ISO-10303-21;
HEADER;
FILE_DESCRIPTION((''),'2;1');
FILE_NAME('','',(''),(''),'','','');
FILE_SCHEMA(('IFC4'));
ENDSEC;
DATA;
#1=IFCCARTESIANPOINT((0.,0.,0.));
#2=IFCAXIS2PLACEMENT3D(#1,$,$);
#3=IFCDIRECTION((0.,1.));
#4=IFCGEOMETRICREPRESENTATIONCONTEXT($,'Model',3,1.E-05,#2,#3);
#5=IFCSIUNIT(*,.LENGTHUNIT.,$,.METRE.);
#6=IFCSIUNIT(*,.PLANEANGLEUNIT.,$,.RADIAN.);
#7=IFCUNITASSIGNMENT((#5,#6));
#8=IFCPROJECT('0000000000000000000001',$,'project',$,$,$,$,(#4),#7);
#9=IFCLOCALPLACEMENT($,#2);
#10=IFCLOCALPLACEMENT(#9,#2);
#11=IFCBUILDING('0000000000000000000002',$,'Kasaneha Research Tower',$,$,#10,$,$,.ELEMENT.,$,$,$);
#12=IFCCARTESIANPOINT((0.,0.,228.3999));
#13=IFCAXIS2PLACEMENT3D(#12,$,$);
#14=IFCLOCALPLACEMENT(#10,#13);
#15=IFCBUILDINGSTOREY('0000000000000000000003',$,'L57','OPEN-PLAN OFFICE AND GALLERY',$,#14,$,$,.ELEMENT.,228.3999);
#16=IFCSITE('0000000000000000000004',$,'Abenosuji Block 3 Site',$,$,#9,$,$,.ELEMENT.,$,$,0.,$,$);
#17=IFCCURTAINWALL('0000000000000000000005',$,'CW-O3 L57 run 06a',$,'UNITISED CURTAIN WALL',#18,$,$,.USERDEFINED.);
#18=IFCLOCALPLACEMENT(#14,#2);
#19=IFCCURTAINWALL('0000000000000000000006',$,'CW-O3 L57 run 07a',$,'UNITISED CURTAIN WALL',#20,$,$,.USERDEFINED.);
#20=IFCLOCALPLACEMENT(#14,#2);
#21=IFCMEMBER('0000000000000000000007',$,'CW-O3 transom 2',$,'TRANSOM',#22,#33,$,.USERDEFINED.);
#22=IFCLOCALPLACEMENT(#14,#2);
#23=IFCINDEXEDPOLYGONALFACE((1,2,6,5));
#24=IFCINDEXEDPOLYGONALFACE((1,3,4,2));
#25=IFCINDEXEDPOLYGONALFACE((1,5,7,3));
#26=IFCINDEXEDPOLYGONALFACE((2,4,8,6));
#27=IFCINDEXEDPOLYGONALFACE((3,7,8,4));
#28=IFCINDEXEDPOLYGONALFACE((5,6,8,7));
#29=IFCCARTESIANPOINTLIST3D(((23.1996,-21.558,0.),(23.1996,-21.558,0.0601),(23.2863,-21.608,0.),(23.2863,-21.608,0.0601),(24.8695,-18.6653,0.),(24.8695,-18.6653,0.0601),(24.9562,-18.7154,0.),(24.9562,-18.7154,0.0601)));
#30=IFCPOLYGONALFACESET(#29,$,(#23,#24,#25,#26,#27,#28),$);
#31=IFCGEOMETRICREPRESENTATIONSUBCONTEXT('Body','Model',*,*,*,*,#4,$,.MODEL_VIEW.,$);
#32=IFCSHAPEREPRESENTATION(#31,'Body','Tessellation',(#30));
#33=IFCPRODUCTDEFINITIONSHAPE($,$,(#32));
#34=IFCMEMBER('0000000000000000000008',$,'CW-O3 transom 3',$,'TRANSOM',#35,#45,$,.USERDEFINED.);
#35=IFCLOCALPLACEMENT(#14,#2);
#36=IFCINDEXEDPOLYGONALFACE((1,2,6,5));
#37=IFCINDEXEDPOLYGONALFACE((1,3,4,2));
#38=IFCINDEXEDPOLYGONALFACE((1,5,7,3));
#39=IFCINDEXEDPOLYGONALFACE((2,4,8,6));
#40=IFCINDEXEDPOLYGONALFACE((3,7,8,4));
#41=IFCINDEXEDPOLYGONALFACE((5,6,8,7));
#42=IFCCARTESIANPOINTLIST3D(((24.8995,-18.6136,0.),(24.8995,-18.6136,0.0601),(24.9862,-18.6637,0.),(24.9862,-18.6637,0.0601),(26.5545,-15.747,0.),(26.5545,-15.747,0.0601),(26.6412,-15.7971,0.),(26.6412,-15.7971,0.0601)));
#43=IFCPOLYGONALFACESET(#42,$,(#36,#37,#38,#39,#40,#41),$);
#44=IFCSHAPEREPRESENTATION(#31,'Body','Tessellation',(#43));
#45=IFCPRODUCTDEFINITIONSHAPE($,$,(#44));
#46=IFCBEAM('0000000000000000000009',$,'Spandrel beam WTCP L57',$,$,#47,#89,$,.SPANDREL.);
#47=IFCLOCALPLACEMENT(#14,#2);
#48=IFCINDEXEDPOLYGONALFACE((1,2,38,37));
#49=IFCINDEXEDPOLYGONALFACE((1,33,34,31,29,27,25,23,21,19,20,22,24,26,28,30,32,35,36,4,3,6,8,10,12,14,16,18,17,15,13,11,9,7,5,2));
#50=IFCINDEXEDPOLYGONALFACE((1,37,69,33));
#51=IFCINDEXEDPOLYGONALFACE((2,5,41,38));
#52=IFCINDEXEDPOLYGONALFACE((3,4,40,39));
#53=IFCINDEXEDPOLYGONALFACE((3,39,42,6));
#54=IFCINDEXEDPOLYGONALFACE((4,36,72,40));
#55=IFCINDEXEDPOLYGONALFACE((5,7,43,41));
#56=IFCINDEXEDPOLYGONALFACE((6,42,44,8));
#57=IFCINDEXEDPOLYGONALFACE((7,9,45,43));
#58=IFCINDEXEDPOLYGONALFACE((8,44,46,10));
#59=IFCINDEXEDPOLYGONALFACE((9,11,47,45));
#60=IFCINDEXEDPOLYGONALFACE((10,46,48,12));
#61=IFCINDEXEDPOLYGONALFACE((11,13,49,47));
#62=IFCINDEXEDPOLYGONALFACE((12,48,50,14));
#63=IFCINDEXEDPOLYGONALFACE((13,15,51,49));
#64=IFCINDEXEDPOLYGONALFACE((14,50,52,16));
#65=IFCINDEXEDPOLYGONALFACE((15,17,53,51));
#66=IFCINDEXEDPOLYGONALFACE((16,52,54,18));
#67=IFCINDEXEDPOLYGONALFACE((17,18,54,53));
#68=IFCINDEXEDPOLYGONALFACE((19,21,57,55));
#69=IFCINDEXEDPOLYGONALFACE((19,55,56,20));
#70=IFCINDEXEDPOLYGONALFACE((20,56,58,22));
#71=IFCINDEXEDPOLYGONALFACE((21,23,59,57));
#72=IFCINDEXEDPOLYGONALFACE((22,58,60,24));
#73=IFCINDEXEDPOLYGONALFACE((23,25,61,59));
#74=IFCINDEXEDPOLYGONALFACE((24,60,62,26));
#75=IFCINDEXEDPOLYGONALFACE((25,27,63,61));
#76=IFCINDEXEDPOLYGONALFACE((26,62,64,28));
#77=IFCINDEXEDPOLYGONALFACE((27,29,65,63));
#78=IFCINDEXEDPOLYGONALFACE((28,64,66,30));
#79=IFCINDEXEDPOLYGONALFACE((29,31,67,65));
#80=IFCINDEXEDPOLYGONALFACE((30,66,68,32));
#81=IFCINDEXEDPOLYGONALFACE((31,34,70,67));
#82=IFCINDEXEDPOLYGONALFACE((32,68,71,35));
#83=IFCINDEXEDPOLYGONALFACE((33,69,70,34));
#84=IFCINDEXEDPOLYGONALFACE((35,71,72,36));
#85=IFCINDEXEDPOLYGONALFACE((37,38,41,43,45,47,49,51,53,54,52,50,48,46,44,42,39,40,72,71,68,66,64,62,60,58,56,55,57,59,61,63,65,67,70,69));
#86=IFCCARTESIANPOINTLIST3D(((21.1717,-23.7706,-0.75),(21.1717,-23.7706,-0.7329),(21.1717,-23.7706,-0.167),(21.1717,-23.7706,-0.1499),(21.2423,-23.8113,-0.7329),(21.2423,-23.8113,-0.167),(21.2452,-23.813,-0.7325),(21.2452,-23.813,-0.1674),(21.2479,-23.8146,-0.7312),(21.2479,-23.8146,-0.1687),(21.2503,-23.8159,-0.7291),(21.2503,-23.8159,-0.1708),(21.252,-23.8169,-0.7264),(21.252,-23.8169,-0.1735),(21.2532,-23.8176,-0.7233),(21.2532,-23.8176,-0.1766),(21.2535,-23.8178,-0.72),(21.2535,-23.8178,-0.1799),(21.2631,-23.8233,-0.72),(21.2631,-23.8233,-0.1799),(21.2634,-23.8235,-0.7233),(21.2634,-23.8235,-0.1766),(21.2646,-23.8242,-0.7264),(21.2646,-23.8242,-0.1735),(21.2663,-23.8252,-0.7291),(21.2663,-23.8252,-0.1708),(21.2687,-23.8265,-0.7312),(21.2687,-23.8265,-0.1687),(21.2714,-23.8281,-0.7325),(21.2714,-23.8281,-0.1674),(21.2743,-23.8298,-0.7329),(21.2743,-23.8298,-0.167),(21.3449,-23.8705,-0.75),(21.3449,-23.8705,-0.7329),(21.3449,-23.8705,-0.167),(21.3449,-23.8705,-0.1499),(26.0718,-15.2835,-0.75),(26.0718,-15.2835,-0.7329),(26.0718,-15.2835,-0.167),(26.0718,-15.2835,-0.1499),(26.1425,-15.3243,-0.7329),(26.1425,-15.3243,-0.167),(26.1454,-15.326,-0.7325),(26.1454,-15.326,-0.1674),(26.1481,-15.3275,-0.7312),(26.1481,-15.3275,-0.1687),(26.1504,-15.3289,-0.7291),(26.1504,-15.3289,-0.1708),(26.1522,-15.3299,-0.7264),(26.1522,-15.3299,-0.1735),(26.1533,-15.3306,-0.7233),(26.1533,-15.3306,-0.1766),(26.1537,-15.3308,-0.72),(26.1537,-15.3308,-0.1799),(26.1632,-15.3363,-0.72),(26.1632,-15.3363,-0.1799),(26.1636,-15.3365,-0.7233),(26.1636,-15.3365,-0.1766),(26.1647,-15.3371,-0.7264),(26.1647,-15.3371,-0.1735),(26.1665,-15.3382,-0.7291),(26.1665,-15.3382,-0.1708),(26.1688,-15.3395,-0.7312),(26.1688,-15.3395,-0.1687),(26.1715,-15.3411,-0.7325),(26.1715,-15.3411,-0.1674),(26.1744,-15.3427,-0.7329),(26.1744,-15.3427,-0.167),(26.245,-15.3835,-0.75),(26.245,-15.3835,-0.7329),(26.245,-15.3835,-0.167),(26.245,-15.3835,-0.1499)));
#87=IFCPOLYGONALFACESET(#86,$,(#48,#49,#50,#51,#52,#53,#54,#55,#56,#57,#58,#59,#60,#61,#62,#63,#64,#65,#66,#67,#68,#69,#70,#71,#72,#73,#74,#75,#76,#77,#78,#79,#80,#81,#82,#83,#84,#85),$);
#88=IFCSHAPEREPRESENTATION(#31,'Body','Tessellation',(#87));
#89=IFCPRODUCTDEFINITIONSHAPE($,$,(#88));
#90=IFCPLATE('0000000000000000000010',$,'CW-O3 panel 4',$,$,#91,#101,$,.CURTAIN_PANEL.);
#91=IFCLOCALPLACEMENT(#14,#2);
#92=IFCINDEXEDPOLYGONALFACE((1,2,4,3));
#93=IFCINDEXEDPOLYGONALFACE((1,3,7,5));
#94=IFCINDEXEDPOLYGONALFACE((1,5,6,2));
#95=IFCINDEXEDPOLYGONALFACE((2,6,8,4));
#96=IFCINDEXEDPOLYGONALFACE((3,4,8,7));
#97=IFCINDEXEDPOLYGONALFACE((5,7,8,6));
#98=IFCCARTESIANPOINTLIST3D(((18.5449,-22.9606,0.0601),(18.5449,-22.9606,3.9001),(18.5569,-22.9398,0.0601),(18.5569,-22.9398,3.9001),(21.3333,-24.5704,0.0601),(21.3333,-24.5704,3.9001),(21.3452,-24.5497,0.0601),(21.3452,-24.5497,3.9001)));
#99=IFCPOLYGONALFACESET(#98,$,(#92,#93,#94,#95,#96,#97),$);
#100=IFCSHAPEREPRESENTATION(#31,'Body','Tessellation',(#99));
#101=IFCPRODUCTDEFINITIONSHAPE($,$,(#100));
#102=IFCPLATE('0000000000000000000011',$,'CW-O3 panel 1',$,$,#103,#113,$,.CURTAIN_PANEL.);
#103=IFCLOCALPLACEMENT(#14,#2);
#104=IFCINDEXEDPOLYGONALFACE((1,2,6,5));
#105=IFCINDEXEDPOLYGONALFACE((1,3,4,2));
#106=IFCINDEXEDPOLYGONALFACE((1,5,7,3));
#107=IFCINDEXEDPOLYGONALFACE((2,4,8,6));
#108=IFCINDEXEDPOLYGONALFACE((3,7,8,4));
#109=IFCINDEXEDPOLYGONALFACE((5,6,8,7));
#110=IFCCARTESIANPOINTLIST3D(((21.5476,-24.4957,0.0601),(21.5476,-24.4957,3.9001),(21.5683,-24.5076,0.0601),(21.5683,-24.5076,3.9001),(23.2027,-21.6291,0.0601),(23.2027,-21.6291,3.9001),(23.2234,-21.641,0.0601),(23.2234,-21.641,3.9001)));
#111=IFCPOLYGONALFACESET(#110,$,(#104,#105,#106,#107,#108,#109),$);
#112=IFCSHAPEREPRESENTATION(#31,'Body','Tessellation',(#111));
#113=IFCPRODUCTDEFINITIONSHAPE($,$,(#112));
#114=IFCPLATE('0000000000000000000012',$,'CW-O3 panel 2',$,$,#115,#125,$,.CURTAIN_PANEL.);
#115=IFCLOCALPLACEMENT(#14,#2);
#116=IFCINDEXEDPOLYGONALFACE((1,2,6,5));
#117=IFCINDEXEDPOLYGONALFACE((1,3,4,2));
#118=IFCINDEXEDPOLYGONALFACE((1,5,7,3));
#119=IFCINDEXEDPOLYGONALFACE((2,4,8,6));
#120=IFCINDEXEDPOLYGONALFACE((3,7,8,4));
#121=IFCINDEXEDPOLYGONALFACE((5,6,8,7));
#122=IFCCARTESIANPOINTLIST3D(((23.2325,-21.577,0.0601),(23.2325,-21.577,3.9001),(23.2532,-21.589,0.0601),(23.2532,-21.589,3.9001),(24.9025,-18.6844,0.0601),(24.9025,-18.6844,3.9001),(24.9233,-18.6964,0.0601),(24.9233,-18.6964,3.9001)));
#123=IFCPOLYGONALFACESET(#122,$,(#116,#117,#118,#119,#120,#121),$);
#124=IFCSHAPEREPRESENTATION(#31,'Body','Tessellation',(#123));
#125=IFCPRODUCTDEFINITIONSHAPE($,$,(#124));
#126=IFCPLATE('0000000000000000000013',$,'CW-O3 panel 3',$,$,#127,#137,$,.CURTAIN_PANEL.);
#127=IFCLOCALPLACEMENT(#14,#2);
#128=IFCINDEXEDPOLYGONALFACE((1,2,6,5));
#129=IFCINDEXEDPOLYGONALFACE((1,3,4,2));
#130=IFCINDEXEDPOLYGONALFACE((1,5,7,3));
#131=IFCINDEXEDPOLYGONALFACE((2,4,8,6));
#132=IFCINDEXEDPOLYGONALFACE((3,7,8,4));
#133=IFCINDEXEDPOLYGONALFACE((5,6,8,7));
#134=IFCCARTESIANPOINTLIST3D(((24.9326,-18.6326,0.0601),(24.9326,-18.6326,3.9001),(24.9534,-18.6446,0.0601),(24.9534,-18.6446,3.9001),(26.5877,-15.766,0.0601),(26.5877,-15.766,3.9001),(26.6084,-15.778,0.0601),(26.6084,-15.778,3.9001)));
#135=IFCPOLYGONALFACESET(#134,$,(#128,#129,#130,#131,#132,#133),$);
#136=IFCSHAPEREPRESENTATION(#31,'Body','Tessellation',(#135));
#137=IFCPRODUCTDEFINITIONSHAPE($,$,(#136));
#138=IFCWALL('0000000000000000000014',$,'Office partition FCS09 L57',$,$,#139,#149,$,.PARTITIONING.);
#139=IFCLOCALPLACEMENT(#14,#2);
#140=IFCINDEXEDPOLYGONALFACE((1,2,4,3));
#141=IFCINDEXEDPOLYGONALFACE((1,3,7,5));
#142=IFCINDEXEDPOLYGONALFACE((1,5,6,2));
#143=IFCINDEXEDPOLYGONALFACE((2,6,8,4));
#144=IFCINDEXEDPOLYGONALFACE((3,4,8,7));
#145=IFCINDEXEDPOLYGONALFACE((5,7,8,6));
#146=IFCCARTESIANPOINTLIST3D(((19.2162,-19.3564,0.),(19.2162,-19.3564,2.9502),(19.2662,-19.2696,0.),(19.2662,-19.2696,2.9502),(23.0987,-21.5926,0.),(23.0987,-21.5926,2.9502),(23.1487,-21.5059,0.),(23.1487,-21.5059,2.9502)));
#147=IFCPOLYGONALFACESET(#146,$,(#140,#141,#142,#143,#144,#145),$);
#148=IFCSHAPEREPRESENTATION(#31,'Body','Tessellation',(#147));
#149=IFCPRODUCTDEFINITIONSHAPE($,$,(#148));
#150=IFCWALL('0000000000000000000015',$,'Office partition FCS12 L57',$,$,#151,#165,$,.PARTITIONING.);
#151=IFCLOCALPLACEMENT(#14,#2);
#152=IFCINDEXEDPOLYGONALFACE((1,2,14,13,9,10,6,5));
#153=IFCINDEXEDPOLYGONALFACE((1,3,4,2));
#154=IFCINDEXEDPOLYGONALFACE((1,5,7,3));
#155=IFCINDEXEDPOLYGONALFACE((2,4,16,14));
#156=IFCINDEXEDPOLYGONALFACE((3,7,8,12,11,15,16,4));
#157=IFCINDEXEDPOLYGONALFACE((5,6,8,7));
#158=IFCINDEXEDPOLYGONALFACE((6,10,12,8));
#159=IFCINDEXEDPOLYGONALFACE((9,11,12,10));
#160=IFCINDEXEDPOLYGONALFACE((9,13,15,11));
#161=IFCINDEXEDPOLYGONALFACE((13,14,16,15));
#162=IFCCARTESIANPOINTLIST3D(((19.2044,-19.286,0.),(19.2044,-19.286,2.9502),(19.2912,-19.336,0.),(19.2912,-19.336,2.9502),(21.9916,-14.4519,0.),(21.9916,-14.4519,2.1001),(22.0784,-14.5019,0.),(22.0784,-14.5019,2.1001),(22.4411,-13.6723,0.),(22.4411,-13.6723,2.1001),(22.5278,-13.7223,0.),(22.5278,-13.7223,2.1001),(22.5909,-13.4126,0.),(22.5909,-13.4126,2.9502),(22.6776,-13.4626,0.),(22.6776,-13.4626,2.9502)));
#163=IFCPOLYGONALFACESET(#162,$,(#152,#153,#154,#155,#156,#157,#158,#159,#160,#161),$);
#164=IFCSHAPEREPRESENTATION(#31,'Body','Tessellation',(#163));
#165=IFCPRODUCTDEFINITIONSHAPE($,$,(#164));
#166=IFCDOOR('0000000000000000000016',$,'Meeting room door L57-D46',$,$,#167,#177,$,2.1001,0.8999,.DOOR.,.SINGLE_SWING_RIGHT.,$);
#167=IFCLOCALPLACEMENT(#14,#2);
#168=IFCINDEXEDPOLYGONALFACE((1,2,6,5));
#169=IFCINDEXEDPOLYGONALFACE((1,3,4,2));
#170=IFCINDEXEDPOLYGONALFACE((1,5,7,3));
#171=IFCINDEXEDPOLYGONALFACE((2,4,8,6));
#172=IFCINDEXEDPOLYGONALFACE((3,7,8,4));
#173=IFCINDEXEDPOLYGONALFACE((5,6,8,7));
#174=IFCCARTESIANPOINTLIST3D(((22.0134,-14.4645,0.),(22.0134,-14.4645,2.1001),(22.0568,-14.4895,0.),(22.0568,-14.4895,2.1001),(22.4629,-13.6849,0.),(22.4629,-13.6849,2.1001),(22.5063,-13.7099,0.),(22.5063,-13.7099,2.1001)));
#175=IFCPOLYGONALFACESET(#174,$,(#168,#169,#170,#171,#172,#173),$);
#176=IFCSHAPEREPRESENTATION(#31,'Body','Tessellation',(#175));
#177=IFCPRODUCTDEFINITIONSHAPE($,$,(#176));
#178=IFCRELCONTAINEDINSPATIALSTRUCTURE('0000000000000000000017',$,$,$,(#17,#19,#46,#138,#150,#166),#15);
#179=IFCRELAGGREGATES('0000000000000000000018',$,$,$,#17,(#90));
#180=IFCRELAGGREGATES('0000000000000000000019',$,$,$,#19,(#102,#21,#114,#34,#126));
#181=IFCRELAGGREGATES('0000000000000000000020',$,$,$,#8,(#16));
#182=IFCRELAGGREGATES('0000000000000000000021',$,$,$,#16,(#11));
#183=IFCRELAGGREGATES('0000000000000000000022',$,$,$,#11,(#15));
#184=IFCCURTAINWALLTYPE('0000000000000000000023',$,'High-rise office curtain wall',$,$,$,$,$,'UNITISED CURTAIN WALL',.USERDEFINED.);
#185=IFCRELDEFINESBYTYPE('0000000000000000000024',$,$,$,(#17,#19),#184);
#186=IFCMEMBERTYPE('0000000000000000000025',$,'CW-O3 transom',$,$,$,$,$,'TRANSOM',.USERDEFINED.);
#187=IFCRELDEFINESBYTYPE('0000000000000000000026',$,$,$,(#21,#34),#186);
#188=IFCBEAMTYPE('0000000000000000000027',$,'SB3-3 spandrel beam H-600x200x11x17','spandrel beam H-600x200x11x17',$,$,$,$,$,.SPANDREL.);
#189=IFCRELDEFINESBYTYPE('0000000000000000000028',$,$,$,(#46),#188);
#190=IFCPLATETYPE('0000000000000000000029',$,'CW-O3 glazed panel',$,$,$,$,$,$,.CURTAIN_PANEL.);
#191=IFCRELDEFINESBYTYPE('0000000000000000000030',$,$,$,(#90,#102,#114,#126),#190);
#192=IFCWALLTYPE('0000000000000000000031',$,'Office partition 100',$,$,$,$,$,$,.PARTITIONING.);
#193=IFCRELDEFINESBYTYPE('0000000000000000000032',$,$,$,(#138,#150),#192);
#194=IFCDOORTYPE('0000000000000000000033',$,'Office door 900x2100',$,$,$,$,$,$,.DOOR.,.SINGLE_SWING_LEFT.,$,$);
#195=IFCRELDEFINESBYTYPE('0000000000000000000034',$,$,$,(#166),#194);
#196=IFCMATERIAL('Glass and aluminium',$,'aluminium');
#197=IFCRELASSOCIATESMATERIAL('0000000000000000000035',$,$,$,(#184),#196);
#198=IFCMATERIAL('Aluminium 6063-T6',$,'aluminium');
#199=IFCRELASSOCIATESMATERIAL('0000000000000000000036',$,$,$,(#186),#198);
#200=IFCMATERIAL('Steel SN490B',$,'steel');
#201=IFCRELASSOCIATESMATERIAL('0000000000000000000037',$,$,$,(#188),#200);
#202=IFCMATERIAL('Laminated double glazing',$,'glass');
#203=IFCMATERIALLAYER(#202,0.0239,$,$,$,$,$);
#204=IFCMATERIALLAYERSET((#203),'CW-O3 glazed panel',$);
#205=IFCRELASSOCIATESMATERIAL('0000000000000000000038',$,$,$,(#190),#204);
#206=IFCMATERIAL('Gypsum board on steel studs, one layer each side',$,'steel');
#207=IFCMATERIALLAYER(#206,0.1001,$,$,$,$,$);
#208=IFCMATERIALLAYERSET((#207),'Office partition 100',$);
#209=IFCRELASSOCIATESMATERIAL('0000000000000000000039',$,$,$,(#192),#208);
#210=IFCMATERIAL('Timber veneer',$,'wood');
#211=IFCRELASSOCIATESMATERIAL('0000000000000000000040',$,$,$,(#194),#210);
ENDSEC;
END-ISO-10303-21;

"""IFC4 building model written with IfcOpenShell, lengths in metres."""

from ifc_helpers import new_model, si_unit, direction, frame, frame_2d, origin, origin_2d, place, context, subcontext, project, spatial, rectangle, i_section, extrude, material, layer, layer_set, material_profile, profile_set, type_object, element, fill, aggregate, save


model = new_model("IFC4")

# Units and contexts
model_context = context("Model", 3, precision=1e-05, world=origin(), true_north=direction((0.0, 1.0)))
body_context = subcontext(model_context, "Body", "Model", "MODEL_VIEW")
ifc_project = project(units=[si_unit("LENGTHUNIT", "METRE"), si_unit("PLANEANGLEUNIT", "RADIAN")], contexts=[model_context])

# Site, building, storey
site_placement = place(None, origin())
site = spatial("IfcSite", under=ifc_project, at=site_placement, Name="Abenosuji Block 3 Site", CompositionType="ELEMENT", RefElevation=0.0)
building_placement = place(site_placement, origin())
building = spatial("IfcBuilding", under=site, at=building_placement, Name="Kasaneha Research Tower", CompositionType="ELEMENT")
storey_placement = place(building_placement, frame((0.0, 0.0, 228.3999)))
storey = spatial("IfcBuildingStorey", under=building, at=storey_placement, Name="L57", Description="OPEN-PLAN OFFICE AND GALLERY", CompositionType="ELEMENT", Elevation=228.3999)

# Curtain walls
ifc_material_1 = material(Name="Glass and aluminium", Category="aluminium")
curtain_wall_type = type_object("IfcCurtainWallType", Name="High-rise office curtain wall", ElementType="UNITISED CURTAIN WALL", PredefinedType="USERDEFINED", material=ifc_material_1)
curtain_wall_1_placement = place(storey_placement, origin())
curtain_wall_1 = element("IfcCurtainWall", 1, at=curtain_wall_1_placement, inside=storey, type_object=curtain_wall_type, Name="CW-O3 L57 run 06a", ObjectType="UNITISED CURTAIN WALL", PredefinedType="USERDEFINED")
curtain_wall_2_placement = place(storey_placement, origin())
curtain_wall_2 = element("IfcCurtainWall", 2, at=curtain_wall_2_placement, inside=storey, type_object=curtain_wall_type, Name="CW-O3 L57 run 07a", ObjectType="UNITISED CURTAIN WALL", PredefinedType="USERDEFINED")

# Members
ifc_material_2 = material(Name="Aluminium 6063-T6", Category="aluminium")
ifc_material_profile_1 = material_profile(ifc_material_2, rectangle(XDim=0.1001, YDim=0.0601, at=origin_2d()), Name="CW-O3 transom 100x60")
ifc_profile_set_1 = profile_set([ifc_material_profile_1], Name="Aluminium 6063-T6")
member_type_1 = type_object("IfcMemberType", Name="CW-O3 transom", ElementType="TRANSOM", PredefinedType="USERDEFINED", material=ifc_profile_set_1)
member_1_placement = place(storey_placement, frame((23.2429, -21.583, 0.03), z_axis=(0.499976, 0.86604, 0.0), x_axis=(-0.86604, 0.499976, 0.0)))
member_1 = element("IfcMember", 3, at=member_1_placement, type_object=member_type_1, Name="CW-O3 transom 2", ObjectType="TRANSOM", PredefinedType="USERDEFINED", context=body_context, shape_type="SweptSolid", body=[
    extrude(rectangle(XDim=0.1001, YDim=0.0601, at=origin_2d()), origin(), (0.0, 0.0, 1.0), 3.3401),
])
member_2_placement = place(storey_placement, frame((24.9429, -18.6387, 0.03), z_axis=(0.499986, 0.866033, 0.0), x_axis=(-0.866033, 0.499986, 0.0)))
member_2 = element("IfcMember", 4, at=member_2_placement, type_object=member_type_1, Name="CW-O3 transom 3", ObjectType="TRANSOM", PredefinedType="USERDEFINED", context=body_context, shape_type="SweptSolid", body=[
    extrude(rectangle(XDim=0.1001, YDim=0.0601, at=origin_2d()), origin(), (0.0, 0.0, 1.0), 3.3101),
])

# Beam
ifc_material_3 = material(Name="Steel SN490B", Category="steel")
ifc_material_profile_2 = material_profile(ifc_material_3, i_section(OverallWidth=0.2, OverallDepth=0.6001, WebThickness=0.011, FlangeThickness=0.0171, FilletRadius=0.0129, at=origin_2d()), Name="H-600x200x11x17")
ifc_profile_set_2 = profile_set([ifc_material_profile_2], Name="Steel SN490B")
beam_type_1 = type_object("IfcBeamType", Name="SB3-3 spandrel beam H-600x200x11x17", Description="spandrel beam H-600x200x11x17", PredefinedType="SPANDREL", material=ifc_profile_set_2)
beam_1_placement = place(storey_placement, frame((21.2583, -23.8206, -0.45), z_axis=(0.500011, 0.866019, 0.0), x_axis=(-0.866019, 0.500011, 0.0)))
element("IfcBeam", 5, at=beam_1_placement, inside=storey, type_object=beam_type_1, Name="Spandrel beam WTCP L57", PredefinedType="SPANDREL", context=body_context, shape_type="SweptSolid", body=[
    extrude(i_section(OverallWidth=0.2, OverallDepth=0.6001, WebThickness=0.011, FlangeThickness=0.0171, FilletRadius=0.0129, at=origin_2d()), origin(), (0.0, 0.0, 1.0), 9.8),
])

# Plates
ifc_material_4 = material(Name="Laminated double glazing", Category="glass")
ifc_layer_1 = layer(ifc_material_4, 0.0239)
ifc_layer_set_1 = layer_set([ifc_layer_1], Name="CW-O3 glazed panel")
plate_type = type_object("IfcPlateType", Name="CW-O3 glazed panel", PredefinedType="CURTAIN_PANEL", material=ifc_layer_set_1)
plate_1_placement = place(storey_placement, frame((19.9451, -23.7551, 0.0601), z_axis=(0.0, 0.0, 1.0), x_axis=(0.866025, -0.5, 0.0)))
plate_1 = element("IfcPlate", 6, at=plate_1_placement, type_object=plate_type, Name="CW-O3 panel 4", PredefinedType="CURTAIN_PANEL", context=body_context, shape_type="SweptSolid", body=[
    extrude(rectangle(XDim=3.2197, YDim=0.0239, at=origin_2d()), origin(), (0.0, 0.0, 1.0), 3.8401),
])
aggregate(curtain_wall_1, [plate_1])
plate_2_placement = place(storey_placement, frame((22.3855, -23.0684, 0.0601), z_axis=(0.0, 0.0, 1.0), x_axis=(0.5, 0.866025, 0.0)))
plate_2 = element("IfcPlate", 7, at=plate_2_placement, type_object=plate_type, Name="CW-O3 panel 1", PredefinedType="CURTAIN_PANEL", context=body_context, shape_type="SweptSolid", body=[
    extrude(rectangle(XDim=3.3101, YDim=0.0239, at=origin_2d()), origin(), (0.0, 0.0, 1.0), 3.8401),
])
plate_3_placement = place(storey_placement, frame((24.0779, -20.1367, 0.0601), z_axis=(0.0, 0.0, 1.0), x_axis=(0.5, 0.866025, 0.0)))
plate_3 = element("IfcPlate", 8, at=plate_3_placement, type_object=plate_type, Name="CW-O3 panel 2", PredefinedType="CURTAIN_PANEL", context=body_context, shape_type="SweptSolid", body=[
    extrude(rectangle(XDim=3.3401, YDim=0.0239, at=origin_2d()), origin(), (0.0, 0.0, 1.0), 3.8401),
])
plate_4_placement = place(storey_placement, frame((25.7705, -17.2053, 0.0601), z_axis=(0.0, 0.0, 1.0), x_axis=(0.5, 0.866025, 0.0)))
plate_4 = element("IfcPlate", 9, at=plate_4_placement, type_object=plate_type, Name="CW-O3 panel 3", PredefinedType="CURTAIN_PANEL", context=body_context, shape_type="SweptSolid", body=[
    extrude(rectangle(XDim=3.3101, YDim=0.0239, at=origin_2d()), origin(), (0.0, 0.0, 1.0), 3.8401),
])
aggregate(curtain_wall_2, [plate_2, member_1, plate_3, member_2, plate_4])

# Wall
ifc_material_5 = material(Name="Gypsum board on steel studs, one layer each side", Category="steel")
ifc_layer_2 = layer(ifc_material_5, 0.1001)
ifc_layer_set_2 = layer_set([ifc_layer_2], Name="Office partition 100")
wall_type = type_object("IfcWallType", Name="Office partition 100", PredefinedType="PARTITIONING", material=ifc_layer_set_2)
wall_1_placement = place(storey_placement, frame((19.2412, -19.313, 0.0), z_axis=(0.0, 0.0, 1.0), x_axis=(0.866535, -0.499117, 0.0)))
element("IfcWall", 10, at=wall_1_placement, inside=storey, type_object=wall_type, Name="Office partition FCS09 L57", PredefinedType="PARTITIONING", context=body_context, shape_type="SweptSolid", body=[
    extrude(rectangle(XDim=4.4805, YDim=0.1001, at=frame_2d((2.2402, 0.0))), origin(), (0.0, 0.0, 1.0), 2.9502),
])

# Wall, opening, door
wall_2_placement = place(storey_placement, frame((19.2478, -19.311, 0.0), z_axis=(0.0, 0.0, 1.0), x_axis=(0.49949, 0.86632, 0.0)))
wall_2 = element("IfcWall", 11, at=wall_2_placement, inside=storey, type_object=wall_type, Name="Office partition FCS12 L57", PredefinedType="PARTITIONING", context=body_context, shape_type="SweptSolid", body=[
    extrude(rectangle(XDim=6.7798, YDim=0.1001, at=frame_2d((3.3899, 0.0))), origin(), (0.0, 0.0, 1.0), 2.9502),
])
opening_placement = place(wall_2_placement, frame((5.5801, 0.0, 0.0)))
opening = element("IfcOpeningElement", 12, at=opening_placement, cuts=wall_2, PredefinedType="OPENING", context=body_context, shape_type="SweptSolid", body=[
    extrude(rectangle(XDim=0.8999, YDim=2.1001, at=frame_2d((0.45, 1.05))), frame((0.0, 0.0601, 0.0), z_axis=(0.0, -1.0, 0.0), x_axis=(1.0, 0.0, 0.0)), (0.0, 0.0, 1.0), 0.1201),
])
ifc_material_6 = material(Name="Timber veneer", Category="wood")
door_type = type_object("IfcDoorType", Name="Office door 900x2100", OperationType="SINGLE_SWING_LEFT", PredefinedType="DOOR", material=ifc_material_6)
door_placement = place(opening_placement, origin())
door = element("IfcDoor", 13, at=door_placement, inside=storey, type_object=door_type, Name="Meeting room door L57-D46", OperationType="SINGLE_SWING_RIGHT", OverallHeight=2.1001, OverallWidth=0.8999, PredefinedType="DOOR", context=body_context, shape_type="SweptSolid", body=[
    extrude(rectangle(XDim=0.8999, YDim=2.1001, at=frame_2d((0.45, 1.05))), frame((0.0, 0.0249, 0.0), z_axis=(0.0, -1.0, 0.0), x_axis=(1.0, 0.0, 0.0)), (0.0, 0.0, 1.0), 0.05),
])
fill(opening, door)

save(model, "model.ifc")
